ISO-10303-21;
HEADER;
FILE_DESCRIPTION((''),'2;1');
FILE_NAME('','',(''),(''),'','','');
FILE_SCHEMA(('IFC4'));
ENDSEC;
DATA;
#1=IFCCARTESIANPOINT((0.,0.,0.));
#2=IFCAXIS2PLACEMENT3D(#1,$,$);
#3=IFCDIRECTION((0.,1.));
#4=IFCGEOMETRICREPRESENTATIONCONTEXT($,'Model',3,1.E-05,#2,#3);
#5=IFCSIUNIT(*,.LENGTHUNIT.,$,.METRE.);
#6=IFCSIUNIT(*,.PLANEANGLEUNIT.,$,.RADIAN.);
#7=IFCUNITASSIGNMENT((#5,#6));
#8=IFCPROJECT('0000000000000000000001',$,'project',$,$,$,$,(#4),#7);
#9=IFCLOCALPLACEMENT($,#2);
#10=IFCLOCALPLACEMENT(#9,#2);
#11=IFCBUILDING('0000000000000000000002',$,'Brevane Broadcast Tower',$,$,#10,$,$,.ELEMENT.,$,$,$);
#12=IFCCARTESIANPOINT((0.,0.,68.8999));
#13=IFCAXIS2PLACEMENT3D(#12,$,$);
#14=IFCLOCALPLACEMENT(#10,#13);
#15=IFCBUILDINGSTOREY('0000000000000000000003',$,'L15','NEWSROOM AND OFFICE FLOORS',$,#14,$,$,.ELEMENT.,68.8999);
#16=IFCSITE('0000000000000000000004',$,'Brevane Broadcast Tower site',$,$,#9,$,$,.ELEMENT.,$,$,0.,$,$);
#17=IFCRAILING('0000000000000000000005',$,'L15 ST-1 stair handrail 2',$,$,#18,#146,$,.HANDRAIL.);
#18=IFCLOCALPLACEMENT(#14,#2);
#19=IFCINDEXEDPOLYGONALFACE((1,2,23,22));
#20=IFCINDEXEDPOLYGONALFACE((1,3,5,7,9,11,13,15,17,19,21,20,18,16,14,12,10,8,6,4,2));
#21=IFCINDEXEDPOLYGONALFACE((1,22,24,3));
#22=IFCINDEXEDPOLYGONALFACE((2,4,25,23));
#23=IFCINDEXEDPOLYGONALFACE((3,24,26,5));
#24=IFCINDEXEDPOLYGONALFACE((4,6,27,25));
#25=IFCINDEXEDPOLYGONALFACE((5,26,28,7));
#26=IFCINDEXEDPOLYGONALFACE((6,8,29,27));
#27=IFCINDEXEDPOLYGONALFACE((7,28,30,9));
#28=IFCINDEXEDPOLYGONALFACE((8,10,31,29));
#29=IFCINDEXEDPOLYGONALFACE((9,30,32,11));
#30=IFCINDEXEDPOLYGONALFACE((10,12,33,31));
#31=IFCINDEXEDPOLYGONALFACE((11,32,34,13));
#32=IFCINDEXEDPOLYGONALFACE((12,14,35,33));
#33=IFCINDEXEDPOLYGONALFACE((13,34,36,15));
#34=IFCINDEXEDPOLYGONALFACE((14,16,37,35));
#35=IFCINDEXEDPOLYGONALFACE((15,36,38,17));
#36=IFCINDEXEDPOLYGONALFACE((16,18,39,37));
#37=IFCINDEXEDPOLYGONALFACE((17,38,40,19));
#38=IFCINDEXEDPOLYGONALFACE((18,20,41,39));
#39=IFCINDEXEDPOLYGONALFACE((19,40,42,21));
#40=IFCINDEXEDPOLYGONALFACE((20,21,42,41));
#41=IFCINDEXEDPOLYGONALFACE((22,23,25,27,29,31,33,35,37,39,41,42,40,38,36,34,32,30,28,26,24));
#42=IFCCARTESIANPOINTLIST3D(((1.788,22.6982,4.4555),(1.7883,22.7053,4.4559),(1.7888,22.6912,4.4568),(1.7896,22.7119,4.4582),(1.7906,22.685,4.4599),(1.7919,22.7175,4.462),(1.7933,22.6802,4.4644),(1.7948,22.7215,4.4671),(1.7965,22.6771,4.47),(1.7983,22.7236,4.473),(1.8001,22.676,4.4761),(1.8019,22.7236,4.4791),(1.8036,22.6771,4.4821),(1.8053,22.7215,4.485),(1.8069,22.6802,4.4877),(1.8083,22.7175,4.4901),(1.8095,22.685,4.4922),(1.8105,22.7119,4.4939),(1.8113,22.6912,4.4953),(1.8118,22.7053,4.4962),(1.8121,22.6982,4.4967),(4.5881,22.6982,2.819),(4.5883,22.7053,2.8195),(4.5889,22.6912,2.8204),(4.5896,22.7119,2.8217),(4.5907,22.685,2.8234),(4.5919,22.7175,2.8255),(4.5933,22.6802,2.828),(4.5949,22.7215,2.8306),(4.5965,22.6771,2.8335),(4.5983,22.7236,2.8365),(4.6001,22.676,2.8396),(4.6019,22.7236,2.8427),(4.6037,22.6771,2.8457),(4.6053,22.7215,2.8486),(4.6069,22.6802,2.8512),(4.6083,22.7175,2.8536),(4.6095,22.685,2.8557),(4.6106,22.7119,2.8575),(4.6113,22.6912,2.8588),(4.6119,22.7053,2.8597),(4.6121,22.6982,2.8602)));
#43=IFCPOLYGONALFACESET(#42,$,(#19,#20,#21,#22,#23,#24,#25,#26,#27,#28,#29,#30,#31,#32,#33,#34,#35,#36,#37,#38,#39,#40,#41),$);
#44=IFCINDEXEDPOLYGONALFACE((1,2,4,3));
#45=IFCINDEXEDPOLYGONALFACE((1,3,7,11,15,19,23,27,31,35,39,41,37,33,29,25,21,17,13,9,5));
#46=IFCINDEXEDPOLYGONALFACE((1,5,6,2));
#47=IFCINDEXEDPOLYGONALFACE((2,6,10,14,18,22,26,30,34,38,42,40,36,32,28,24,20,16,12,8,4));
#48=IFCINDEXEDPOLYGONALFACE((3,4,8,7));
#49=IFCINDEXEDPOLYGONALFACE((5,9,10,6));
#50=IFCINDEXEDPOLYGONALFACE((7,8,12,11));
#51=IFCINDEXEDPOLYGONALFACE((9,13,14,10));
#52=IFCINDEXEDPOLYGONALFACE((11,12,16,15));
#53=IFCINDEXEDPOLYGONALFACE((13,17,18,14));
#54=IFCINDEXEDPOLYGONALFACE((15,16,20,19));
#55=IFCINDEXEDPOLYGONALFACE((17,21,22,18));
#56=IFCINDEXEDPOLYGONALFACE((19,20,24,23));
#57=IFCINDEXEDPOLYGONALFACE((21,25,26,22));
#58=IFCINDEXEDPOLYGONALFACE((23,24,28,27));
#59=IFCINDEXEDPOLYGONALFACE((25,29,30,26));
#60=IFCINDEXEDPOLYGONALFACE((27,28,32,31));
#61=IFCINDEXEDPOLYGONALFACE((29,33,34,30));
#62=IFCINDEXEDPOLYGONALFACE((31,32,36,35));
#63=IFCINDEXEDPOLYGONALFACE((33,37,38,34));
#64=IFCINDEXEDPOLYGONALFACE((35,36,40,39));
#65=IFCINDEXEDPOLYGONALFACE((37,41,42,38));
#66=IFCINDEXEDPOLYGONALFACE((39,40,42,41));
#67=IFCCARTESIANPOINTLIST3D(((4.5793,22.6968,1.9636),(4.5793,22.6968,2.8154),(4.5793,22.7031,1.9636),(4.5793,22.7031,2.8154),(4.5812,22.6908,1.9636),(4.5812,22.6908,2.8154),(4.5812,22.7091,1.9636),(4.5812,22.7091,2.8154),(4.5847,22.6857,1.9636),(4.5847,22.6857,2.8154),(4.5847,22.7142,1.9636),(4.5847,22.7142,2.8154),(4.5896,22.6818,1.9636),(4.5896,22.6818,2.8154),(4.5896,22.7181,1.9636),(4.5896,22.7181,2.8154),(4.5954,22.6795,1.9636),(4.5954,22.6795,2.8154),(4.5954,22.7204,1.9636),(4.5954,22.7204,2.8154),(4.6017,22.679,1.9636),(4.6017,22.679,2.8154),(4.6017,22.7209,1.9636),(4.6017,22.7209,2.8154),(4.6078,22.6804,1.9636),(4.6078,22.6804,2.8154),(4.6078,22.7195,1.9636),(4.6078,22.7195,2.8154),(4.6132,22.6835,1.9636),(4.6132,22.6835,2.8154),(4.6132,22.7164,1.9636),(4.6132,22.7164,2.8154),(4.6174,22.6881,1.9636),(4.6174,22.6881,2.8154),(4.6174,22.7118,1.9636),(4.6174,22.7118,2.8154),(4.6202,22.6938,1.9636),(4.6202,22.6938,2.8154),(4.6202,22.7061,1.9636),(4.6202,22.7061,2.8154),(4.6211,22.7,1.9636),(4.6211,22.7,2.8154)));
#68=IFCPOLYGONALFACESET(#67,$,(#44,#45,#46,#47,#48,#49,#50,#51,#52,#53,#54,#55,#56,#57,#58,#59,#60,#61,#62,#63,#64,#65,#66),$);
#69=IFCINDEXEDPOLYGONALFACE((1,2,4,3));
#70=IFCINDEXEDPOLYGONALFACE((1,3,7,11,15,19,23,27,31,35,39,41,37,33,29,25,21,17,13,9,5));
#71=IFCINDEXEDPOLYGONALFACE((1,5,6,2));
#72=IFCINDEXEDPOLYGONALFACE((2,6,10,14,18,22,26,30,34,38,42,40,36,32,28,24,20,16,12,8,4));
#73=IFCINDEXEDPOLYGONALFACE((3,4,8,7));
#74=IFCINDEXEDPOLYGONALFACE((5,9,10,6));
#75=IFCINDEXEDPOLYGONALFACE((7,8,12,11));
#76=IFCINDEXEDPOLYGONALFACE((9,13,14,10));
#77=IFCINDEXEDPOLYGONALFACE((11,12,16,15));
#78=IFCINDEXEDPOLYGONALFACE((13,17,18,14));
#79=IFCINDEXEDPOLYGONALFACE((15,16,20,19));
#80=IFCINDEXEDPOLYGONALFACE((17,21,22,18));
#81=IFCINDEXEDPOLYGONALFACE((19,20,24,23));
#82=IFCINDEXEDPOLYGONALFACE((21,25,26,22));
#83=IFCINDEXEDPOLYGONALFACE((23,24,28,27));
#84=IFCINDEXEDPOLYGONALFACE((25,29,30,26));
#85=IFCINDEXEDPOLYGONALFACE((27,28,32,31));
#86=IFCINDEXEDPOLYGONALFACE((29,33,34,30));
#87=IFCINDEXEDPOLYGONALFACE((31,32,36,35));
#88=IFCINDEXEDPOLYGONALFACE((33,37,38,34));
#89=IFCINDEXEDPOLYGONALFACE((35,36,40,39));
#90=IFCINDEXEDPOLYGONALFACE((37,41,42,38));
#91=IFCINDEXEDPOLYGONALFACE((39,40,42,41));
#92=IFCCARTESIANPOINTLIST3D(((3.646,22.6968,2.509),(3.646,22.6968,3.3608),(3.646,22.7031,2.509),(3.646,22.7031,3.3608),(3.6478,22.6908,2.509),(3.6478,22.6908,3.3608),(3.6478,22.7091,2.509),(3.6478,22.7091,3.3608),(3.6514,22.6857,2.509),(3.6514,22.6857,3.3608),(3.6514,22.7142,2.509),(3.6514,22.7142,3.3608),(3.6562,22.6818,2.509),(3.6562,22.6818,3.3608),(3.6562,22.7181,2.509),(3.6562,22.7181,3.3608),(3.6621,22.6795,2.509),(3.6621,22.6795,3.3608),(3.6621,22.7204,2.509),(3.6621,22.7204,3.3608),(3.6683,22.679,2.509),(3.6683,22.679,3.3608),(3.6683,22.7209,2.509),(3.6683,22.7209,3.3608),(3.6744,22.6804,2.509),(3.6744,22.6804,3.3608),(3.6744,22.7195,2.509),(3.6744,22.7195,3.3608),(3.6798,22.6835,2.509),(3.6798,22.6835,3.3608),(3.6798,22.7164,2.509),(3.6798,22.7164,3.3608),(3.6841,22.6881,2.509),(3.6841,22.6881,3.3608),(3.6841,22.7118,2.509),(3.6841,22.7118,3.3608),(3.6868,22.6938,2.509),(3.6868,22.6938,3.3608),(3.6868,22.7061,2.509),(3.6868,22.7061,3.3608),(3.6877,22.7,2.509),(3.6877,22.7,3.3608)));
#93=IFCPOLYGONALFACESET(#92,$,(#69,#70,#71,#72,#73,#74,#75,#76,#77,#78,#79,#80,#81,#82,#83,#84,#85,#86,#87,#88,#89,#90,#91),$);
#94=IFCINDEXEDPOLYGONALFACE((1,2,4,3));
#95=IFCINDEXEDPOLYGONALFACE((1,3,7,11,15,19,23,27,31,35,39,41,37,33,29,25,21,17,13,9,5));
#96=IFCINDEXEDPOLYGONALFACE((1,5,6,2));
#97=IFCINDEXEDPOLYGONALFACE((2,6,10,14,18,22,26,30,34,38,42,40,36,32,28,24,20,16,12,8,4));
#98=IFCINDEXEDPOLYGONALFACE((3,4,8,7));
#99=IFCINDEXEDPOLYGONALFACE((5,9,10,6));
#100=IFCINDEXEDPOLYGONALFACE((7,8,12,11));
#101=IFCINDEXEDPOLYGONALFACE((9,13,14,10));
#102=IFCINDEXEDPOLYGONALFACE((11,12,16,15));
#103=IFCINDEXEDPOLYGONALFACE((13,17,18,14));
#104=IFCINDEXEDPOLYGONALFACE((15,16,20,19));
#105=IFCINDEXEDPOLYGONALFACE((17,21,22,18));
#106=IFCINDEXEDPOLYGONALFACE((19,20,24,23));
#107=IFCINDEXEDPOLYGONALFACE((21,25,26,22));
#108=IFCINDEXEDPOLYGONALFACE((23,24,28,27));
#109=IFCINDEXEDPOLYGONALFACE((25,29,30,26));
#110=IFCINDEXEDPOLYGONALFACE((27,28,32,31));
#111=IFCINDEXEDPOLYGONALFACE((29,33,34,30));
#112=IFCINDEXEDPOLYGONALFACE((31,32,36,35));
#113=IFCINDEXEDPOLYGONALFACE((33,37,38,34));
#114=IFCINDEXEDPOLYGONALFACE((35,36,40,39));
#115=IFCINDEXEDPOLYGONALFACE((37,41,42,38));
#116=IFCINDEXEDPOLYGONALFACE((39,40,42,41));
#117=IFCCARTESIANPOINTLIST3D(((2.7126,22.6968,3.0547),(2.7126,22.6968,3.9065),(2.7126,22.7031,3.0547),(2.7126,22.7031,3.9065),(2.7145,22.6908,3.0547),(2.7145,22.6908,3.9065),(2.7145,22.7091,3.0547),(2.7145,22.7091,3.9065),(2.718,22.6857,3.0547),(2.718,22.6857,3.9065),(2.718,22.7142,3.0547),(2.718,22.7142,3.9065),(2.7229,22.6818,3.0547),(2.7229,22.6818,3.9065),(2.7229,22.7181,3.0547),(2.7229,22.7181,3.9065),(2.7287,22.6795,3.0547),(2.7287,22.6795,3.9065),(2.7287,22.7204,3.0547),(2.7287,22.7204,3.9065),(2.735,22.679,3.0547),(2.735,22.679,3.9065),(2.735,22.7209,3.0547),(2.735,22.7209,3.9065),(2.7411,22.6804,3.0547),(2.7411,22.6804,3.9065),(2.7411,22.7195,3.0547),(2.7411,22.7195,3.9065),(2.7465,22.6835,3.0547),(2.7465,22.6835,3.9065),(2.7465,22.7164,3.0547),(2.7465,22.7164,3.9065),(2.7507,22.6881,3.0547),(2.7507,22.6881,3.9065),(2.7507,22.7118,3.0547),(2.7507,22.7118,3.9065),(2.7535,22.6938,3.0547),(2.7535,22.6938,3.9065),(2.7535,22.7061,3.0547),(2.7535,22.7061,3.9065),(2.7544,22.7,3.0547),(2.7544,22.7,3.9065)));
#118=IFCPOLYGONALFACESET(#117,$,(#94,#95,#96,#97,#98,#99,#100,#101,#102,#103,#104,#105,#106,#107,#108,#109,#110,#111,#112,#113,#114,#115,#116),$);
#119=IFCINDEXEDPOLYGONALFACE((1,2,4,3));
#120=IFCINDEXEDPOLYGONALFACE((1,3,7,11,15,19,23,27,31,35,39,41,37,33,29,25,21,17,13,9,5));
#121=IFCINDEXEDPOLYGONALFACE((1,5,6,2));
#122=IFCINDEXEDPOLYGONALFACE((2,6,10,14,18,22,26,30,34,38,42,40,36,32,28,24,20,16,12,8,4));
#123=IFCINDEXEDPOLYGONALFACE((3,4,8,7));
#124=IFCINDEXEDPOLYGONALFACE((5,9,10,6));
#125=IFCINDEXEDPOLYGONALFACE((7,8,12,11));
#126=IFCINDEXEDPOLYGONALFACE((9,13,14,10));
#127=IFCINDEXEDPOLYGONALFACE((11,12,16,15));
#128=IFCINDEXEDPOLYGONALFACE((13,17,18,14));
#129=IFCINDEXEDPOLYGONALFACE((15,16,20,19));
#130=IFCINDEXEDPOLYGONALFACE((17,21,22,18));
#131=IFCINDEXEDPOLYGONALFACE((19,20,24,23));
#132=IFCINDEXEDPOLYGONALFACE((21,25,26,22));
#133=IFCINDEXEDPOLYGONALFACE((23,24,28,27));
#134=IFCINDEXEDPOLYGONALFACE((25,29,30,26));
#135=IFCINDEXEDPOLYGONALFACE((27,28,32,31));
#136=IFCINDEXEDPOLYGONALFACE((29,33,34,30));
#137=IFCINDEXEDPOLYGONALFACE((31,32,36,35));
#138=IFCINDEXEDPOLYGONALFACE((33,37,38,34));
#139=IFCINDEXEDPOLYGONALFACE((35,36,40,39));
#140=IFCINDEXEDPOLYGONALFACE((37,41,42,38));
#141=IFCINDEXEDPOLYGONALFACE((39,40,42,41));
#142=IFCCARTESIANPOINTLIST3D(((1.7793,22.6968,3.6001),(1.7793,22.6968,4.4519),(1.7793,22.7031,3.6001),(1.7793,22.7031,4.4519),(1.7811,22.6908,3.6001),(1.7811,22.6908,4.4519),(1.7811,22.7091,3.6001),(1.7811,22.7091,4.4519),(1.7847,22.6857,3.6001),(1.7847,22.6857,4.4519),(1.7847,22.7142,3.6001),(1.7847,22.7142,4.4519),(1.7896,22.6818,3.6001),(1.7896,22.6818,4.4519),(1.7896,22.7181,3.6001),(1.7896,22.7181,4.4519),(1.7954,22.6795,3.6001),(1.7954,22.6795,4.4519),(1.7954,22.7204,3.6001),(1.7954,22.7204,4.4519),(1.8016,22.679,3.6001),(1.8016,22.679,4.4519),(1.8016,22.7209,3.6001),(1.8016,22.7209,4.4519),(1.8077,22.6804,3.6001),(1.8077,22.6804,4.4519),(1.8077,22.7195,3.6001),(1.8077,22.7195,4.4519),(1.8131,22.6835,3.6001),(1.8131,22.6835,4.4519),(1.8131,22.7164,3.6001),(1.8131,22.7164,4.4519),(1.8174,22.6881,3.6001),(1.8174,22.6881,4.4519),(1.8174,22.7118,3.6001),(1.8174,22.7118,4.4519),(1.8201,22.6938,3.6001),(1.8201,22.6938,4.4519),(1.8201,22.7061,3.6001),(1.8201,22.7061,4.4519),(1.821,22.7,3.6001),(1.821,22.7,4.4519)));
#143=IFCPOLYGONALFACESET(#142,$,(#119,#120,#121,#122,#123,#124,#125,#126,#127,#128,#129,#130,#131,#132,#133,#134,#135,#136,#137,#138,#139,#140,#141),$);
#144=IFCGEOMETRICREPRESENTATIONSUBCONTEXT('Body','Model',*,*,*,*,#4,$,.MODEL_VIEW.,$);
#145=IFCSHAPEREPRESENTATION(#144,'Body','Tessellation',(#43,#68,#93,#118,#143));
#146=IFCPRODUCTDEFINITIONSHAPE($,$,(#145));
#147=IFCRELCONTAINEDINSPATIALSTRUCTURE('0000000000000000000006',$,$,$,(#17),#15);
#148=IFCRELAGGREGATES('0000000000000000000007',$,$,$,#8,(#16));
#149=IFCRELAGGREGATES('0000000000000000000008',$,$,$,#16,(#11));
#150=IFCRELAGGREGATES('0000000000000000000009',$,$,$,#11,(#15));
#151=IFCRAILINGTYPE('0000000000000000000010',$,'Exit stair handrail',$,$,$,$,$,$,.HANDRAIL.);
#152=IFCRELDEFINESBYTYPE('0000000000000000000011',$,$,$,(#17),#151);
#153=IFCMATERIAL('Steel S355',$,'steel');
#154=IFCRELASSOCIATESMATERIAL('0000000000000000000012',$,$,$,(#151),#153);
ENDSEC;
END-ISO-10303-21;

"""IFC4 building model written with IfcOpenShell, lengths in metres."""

from ifc_helpers import new_model, si_unit, direction, frame, origin, origin_2d, place, context, subcontext, project, spatial, circle, extrude, material, type_object, element, save


model = new_model("IFC4")

# Units and contexts
model_context = context("Model", 3, precision=1e-05, world=origin(), true_north=direction((0.0, 1.0)))
body_context = subcontext(model_context, "Body", "Model", "MODEL_VIEW")
ifc_project = project(units=[si_unit("LENGTHUNIT", "METRE"), si_unit("PLANEANGLEUNIT", "RADIAN")], contexts=[model_context])

# Site, building, storey
site_placement = place(None, origin())
site = spatial("IfcSite", under=ifc_project, at=site_placement, Name="Brevane Broadcast Tower site", CompositionType="ELEMENT", RefElevation=0.0)
building_placement = place(site_placement, origin())
building = spatial("IfcBuilding", under=site, at=building_placement, Name="Brevane Broadcast Tower", CompositionType="ELEMENT")
storey_placement = place(building_placement, frame((0.0, 0.0, 68.8999)))
storey = spatial("IfcBuildingStorey", under=building, at=storey_placement, Name="L15", Description="NEWSROOM AND OFFICE FLOORS", CompositionType="ELEMENT", Elevation=68.8999)

# Railing
ifc_material_1 = material(Name="Steel S355", Category="steel")
railing_type_1 = type_object("IfcRailingType", Name="Exit stair handrail", PredefinedType="HANDRAIL", material=ifc_material_1)
railing_1_placement = place(storey_placement, frame((4.6001, 22.7, 1.9636)))
element("IfcRailing", 1, at=railing_1_placement, inside=storey, type_object=railing_type_1, Name="L15 ST-1 stair handrail 2", PredefinedType="HANDRAIL", context=body_context, shape_type="SweptSolid", body=[
    extrude(circle(Radius=0.0239, at=origin_2d()), frame((0.0, 0.0, 0.876), z_axis=(-0.863361, 0.0, 0.504587), x_axis=(0.0, -1.0, 0.0)), (0.0, 0.0, 1.0), 3.2432),
    extrude(circle(Radius=0.021, at=origin_2d()), origin(), (0.0, 0.0, 1.0), 0.8518),
    extrude(circle(Radius=0.021, at=origin_2d()), frame((-0.9333, 0.0, 0.5454)), (0.0, 0.0, 1.0), 0.8518),
    extrude(circle(Radius=0.021, at=origin_2d()), frame((-1.8667, 0.0, 1.0911)), (0.0, 0.0, 1.0), 0.8518),
    extrude(circle(Radius=0.021, at=origin_2d()), frame((-2.8, 0.0, 1.6365)), (0.0, 0.0, 1.0), 0.8518),
])

save(model, "model.ifc")
